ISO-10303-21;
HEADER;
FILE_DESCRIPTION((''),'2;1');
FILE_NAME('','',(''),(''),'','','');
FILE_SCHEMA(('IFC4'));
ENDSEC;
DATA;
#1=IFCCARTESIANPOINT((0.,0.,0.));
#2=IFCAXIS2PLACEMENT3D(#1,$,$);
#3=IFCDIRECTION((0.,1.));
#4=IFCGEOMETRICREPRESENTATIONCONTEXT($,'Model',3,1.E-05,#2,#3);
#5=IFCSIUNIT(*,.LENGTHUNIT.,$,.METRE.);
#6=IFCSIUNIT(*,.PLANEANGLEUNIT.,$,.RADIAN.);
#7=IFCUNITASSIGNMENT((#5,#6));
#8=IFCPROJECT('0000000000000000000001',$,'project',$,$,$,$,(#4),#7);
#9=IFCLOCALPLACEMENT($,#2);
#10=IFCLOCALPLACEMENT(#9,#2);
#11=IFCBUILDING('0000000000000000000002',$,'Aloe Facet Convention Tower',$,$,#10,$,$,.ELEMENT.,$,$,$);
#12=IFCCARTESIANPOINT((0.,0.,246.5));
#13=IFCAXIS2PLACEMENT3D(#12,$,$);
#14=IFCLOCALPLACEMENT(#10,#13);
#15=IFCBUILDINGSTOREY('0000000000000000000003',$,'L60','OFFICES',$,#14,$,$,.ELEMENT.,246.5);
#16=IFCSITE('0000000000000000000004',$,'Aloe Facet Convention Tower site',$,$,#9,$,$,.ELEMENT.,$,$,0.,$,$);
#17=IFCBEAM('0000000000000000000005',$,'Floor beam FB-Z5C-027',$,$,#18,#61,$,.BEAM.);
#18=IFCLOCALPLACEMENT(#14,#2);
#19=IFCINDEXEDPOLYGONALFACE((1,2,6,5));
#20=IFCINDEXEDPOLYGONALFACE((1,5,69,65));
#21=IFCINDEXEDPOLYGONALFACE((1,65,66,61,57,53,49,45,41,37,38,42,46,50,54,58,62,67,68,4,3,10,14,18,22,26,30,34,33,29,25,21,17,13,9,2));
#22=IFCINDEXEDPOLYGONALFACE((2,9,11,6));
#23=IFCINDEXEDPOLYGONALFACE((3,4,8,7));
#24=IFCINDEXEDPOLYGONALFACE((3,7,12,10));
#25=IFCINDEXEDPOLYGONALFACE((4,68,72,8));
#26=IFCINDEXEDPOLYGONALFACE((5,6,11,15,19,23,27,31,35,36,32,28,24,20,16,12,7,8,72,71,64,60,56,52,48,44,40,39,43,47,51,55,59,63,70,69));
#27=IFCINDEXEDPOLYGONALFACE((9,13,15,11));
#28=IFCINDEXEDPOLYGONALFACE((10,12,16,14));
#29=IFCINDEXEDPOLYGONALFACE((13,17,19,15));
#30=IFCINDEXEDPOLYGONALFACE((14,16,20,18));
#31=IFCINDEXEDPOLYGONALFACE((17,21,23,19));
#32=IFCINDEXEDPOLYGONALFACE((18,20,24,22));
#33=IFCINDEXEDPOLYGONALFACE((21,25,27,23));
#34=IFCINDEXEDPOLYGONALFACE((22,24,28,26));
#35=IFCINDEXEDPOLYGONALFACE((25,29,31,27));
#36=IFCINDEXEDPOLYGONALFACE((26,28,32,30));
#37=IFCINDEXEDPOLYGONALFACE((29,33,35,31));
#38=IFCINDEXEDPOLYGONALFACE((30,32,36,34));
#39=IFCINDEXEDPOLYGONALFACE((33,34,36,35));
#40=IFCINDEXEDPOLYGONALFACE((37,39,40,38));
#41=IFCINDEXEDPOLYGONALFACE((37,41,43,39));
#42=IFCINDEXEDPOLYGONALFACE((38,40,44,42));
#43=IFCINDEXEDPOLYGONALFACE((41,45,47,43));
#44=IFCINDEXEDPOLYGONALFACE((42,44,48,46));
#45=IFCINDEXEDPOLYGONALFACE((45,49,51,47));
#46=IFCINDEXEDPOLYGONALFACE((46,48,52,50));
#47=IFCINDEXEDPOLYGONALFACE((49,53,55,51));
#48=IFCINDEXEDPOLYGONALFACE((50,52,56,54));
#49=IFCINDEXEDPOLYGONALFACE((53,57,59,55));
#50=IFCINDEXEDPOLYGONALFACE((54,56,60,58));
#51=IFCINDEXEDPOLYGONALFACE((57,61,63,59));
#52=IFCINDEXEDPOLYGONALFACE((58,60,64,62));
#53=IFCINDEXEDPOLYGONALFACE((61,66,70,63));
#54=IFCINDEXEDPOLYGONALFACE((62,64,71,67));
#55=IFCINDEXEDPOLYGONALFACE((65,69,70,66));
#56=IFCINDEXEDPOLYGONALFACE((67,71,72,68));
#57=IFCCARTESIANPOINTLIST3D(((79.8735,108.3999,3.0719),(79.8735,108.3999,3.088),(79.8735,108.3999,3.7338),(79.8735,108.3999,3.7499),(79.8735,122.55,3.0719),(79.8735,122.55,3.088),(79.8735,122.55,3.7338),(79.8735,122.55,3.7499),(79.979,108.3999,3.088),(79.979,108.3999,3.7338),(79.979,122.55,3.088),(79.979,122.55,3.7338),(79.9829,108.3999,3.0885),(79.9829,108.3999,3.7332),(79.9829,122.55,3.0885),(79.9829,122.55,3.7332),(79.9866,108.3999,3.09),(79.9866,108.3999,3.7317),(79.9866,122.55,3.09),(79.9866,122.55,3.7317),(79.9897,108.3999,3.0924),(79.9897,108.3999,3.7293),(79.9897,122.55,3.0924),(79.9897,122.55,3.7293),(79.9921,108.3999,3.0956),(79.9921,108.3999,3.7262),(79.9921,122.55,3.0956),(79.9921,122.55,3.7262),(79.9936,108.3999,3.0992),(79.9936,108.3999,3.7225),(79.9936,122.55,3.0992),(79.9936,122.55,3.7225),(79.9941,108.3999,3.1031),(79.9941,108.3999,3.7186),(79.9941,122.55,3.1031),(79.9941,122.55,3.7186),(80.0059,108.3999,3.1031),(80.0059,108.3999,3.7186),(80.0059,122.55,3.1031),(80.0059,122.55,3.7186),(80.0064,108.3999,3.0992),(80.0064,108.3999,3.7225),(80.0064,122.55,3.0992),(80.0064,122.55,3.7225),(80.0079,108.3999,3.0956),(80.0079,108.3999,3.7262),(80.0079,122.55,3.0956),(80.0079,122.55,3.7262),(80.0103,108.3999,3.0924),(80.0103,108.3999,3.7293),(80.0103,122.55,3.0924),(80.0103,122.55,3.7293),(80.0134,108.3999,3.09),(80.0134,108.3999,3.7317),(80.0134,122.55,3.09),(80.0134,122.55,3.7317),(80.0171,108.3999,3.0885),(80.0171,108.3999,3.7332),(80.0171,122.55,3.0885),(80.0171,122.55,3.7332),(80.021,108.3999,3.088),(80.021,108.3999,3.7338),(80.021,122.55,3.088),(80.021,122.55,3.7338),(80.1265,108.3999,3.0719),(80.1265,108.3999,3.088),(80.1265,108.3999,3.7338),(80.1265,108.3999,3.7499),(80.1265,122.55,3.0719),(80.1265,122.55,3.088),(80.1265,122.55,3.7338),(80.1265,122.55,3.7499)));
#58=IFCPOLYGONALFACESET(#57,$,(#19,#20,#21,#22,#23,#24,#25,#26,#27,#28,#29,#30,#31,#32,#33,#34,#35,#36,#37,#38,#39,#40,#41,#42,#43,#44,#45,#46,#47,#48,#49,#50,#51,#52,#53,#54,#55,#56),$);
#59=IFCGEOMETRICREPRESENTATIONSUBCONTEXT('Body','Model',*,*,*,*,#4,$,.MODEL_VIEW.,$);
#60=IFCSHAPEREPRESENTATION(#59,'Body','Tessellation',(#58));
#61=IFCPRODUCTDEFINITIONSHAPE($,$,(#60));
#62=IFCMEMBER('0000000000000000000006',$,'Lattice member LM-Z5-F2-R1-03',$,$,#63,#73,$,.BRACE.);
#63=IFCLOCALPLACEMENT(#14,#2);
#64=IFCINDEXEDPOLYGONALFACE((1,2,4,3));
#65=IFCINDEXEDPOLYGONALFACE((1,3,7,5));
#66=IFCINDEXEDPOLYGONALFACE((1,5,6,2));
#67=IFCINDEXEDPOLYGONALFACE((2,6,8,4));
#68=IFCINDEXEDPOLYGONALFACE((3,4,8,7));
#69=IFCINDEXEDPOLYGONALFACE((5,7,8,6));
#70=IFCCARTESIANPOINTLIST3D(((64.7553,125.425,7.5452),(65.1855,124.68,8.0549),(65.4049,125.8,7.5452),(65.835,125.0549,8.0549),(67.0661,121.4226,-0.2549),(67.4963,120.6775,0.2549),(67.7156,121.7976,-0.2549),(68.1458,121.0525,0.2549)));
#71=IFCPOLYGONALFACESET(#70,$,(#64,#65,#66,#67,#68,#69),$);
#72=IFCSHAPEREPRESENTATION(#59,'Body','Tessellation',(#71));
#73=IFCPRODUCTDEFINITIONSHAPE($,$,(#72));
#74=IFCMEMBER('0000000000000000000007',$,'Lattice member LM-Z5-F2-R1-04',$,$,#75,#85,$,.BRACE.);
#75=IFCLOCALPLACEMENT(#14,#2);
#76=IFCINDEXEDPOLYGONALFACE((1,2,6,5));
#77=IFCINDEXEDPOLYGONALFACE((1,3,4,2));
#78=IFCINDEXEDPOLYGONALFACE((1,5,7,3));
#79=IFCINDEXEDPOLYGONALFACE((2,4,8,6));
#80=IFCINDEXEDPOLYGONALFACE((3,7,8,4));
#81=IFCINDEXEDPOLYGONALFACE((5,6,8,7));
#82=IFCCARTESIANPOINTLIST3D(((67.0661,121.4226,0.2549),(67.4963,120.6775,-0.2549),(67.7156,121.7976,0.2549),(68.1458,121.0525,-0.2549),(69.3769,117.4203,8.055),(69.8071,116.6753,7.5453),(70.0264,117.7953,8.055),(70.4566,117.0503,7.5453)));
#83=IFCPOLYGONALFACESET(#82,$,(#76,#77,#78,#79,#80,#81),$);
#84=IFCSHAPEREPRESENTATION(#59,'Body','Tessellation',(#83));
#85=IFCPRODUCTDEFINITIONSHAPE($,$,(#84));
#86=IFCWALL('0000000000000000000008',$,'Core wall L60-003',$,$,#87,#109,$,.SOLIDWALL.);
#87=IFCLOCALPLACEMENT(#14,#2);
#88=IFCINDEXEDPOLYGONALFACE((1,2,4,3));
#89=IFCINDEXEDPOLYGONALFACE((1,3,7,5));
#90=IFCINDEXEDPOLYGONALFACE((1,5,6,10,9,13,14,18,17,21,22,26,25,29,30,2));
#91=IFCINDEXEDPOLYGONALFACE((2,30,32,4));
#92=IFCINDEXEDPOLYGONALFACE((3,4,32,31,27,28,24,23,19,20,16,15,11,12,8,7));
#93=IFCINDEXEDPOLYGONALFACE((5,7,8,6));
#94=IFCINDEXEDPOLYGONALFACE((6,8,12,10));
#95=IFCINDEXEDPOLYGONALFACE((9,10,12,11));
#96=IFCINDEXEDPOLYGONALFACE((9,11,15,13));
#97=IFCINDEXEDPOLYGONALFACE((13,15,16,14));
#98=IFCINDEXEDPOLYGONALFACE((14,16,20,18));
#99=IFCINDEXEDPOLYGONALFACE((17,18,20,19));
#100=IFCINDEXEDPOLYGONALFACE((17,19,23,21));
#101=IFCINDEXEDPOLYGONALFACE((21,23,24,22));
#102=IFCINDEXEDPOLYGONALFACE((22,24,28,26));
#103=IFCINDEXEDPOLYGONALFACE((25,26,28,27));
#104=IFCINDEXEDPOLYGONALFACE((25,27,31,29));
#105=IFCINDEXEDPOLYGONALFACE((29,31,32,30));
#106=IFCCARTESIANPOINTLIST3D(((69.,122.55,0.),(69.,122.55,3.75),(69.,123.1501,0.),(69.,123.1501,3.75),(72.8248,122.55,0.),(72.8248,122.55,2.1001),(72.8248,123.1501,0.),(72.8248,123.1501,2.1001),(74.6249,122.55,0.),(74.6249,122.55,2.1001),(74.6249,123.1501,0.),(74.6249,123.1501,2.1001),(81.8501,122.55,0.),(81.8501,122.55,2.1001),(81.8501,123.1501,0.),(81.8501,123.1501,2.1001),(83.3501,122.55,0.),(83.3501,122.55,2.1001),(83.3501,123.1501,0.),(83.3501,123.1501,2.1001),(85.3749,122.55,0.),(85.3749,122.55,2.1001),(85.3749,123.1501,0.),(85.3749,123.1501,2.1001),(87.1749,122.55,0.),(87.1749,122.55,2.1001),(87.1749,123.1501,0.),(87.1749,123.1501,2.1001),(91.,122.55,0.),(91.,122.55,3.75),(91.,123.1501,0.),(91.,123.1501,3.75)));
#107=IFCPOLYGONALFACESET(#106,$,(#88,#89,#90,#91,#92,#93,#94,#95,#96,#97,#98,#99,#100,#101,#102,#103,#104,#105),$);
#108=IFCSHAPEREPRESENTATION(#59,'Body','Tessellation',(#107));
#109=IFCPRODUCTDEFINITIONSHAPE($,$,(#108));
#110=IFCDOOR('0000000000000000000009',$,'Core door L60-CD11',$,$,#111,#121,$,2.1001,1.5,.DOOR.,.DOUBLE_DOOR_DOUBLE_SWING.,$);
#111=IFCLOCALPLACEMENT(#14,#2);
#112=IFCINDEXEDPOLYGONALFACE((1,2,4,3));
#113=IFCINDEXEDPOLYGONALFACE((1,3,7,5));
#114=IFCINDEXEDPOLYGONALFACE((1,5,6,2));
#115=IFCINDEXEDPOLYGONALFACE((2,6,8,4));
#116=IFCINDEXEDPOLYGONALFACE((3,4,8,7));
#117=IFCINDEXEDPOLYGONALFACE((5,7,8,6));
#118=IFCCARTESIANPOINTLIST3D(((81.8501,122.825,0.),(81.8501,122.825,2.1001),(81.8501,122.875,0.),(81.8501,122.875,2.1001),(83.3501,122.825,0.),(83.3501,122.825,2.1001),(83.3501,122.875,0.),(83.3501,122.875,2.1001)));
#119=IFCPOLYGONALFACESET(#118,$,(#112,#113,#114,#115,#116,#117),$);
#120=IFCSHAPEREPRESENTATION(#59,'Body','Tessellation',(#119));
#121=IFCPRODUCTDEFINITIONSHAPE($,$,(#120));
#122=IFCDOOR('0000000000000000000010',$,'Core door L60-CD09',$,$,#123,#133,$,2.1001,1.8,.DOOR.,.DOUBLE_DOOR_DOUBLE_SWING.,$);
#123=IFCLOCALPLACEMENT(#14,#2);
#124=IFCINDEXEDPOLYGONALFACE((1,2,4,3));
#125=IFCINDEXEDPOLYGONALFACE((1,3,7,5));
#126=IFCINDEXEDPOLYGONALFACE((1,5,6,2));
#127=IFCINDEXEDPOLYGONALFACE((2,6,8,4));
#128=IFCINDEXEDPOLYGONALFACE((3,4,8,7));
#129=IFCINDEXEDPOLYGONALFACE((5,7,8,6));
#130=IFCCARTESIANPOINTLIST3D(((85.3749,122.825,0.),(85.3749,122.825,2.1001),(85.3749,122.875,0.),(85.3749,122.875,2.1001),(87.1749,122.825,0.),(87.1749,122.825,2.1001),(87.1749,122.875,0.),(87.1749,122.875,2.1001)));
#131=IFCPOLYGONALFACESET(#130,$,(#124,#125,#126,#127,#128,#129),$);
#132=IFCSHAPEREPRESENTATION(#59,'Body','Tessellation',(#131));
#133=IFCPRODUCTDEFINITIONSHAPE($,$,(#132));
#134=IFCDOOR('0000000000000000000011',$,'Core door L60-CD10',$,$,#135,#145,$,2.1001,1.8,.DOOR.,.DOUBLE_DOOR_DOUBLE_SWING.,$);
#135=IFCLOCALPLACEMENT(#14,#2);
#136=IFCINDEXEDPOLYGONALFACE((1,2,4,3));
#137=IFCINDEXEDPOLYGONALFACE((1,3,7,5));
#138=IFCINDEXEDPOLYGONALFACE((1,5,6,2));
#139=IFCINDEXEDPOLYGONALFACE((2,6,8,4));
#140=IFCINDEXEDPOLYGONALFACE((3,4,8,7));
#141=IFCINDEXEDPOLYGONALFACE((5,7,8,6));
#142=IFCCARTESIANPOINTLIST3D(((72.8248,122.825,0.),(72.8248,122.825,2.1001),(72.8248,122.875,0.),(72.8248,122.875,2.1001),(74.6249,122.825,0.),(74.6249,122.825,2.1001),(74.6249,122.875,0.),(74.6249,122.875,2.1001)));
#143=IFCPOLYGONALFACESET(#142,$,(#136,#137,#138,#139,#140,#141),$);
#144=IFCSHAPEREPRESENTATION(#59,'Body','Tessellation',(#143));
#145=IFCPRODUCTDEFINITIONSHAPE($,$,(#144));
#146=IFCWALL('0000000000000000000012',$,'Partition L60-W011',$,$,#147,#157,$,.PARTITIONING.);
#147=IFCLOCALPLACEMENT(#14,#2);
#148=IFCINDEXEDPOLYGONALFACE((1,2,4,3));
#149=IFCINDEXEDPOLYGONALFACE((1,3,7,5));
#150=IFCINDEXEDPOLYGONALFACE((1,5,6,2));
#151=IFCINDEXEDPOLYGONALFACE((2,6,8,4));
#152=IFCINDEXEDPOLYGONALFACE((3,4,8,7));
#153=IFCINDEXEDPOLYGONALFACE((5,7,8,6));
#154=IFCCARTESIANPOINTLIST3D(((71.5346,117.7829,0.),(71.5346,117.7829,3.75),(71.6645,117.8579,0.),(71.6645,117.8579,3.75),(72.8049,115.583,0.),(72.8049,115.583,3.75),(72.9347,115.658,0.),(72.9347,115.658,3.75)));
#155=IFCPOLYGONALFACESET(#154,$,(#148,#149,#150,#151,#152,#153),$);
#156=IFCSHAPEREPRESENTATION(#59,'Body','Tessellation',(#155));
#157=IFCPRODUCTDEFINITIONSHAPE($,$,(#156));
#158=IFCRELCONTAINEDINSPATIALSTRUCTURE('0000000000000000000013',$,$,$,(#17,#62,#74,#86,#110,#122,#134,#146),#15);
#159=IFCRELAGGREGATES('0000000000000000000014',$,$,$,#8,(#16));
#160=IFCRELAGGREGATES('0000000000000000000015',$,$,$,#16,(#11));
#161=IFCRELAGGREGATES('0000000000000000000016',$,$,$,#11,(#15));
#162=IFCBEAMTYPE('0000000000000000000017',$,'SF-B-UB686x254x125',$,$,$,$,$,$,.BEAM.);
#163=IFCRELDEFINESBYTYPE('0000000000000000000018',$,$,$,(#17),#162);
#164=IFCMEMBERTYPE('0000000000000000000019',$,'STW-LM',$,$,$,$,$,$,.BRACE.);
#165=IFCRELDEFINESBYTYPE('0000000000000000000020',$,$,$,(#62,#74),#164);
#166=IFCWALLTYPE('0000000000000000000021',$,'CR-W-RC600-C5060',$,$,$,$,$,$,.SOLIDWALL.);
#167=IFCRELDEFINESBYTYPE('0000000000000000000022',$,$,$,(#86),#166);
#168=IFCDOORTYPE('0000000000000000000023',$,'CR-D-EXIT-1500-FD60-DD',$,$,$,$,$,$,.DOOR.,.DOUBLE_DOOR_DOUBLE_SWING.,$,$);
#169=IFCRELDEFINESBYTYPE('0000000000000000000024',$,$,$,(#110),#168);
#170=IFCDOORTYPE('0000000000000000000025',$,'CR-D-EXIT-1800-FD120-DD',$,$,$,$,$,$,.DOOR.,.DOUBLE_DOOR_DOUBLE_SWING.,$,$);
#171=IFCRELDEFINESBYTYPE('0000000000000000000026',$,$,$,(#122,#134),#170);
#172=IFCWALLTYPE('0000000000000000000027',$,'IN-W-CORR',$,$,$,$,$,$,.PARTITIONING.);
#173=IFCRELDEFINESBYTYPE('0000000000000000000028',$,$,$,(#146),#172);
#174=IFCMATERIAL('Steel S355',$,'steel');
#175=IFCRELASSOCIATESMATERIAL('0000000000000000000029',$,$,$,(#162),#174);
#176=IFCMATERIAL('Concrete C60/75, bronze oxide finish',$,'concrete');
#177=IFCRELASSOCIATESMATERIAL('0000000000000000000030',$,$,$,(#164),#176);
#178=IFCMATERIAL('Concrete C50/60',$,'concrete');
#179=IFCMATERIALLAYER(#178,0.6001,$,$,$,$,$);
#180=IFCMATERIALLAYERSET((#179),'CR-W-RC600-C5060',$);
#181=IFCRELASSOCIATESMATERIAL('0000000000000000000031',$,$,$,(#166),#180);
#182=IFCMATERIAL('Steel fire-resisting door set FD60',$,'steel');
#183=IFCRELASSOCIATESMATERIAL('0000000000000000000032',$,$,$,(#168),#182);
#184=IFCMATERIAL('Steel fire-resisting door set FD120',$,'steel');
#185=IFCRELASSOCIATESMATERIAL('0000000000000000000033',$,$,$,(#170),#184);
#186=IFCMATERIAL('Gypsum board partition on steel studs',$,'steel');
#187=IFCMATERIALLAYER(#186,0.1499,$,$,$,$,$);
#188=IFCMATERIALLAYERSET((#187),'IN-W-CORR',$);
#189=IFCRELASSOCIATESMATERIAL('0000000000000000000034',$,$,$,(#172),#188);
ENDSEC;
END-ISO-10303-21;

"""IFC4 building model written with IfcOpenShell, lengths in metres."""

from ifc_helpers import new_model, si_unit, direction, frame, frame_2d, origin, origin_2d, place, context, subcontext, project, spatial, rectangle, i_section, extrude, material, layer, layer_set, material_profile, profile_set, type_object, element, fill, save


model = new_model("IFC4")

# Units and contexts
model_context = context("Model", 3, precision=1e-05, world=origin(), true_north=direction((0.0, 1.0)))
body_context = subcontext(model_context, "Body", "Model", "MODEL_VIEW")
ifc_project = project(units=[si_unit("LENGTHUNIT", "METRE"), si_unit("PLANEANGLEUNIT", "RADIAN")], contexts=[model_context])

# Site, building, storey
site_placement = place(None, origin())
site = spatial("IfcSite", under=ifc_project, at=site_placement, Name="Aloe Facet Convention Tower site", CompositionType="ELEMENT", RefElevation=0.0)
building_placement = place(site_placement, origin())
building = spatial("IfcBuilding", under=site, at=building_placement, Name="Aloe Facet Convention Tower", CompositionType="ELEMENT")
storey_placement = place(building_placement, frame((0.0, 0.0, 246.5)))
storey = spatial("IfcBuildingStorey", under=building, at=storey_placement, Name="L60", Description="OFFICES", CompositionType="ELEMENT", Elevation=246.5)

# Beam
ifc_material_1 = material(Name="Steel S355", Category="steel")
ifc_material_profile_1 = material_profile(ifc_material_1, i_section(OverallWidth=0.2529, OverallDepth=0.678, WebThickness=0.0117, FlangeThickness=0.0161, FilletRadius=0.0151, at=origin_2d()), Name="UB 686x254x125")
ifc_profile_set_1 = profile_set([ifc_material_profile_1], Name="Steel S355")
beam_type_1 = type_object("IfcBeamType", Name="SF-B-UB686x254x125", PredefinedType="BEAM", material=ifc_profile_set_1)
beam_1_placement = place(storey_placement, frame((80.0, 122.55, 3.4109), z_axis=(0.0, -1.0, 0.0), x_axis=(1.0, 0.0, 0.0)))
element("IfcBeam", 1, at=beam_1_placement, inside=storey, type_object=beam_type_1, Name="Floor beam FB-Z5C-027", PredefinedType="BEAM", context=body_context, shape_type="SweptSolid", body=[
    extrude(i_section(OverallWidth=0.2529, OverallDepth=0.678, WebThickness=0.0117, FlangeThickness=0.0161, FilletRadius=0.0151, at=origin_2d()), origin(), (0.0, 0.0, 1.0), 14.1501),
])

# Members
ifc_material_2 = material(Name="Concrete C60/75, bronze oxide finish", Category="concrete")
ifc_material_profile_2 = material_profile(ifc_material_2, rectangle(XDim=0.75, YDim=1.0, at=origin_2d()), Name="STW-LM")
ifc_profile_set_2 = profile_set([ifc_material_profile_2], Name="Concrete C60/75, bronze oxide finish")
member_type = type_object("IfcMemberType", Name="STW-LM", PredefinedType="BRACE", material=ifc_profile_set_2)
for number, where, z_axis, x_axis, name in (
    (2, (67.606, 121.2375, 0.0), (-0.254873, 0.441458, 0.860322), (-0.866027, -0.499997, 0.0), "Lattice member LM-Z5-F2-R1-03"),
    (3, (67.606, 121.2375, 0.0), (0.254876, -0.441436, 0.860333), (0.866014, 0.50002, 0.0), "Lattice member LM-Z5-F2-R1-04"),
):
    element("IfcMember", number, at=place(storey_placement, frame(where, z_axis=z_axis, x_axis=x_axis)), inside=storey, type_object=member_type, Name=name, PredefinedType="BRACE", context=body_context, shape_type="SweptSolid", body=[
        extrude(rectangle(XDim=0.75, YDim=1.0, at=origin_2d()), origin(), (0.0, 0.0, 1.0), 9.0664),
    ])

# Wall, openings, doors
ifc_material_3 = material(Name="Concrete C50/60", Category="concrete")
ifc_layer_1 = layer(ifc_material_3, 0.6001)
ifc_layer_set_1 = layer_set([ifc_layer_1], Name="CR-W-RC600-C5060")
wall_type_1 = type_object("IfcWallType", Name="CR-W-RC600-C5060", PredefinedType="SOLIDWALL", material=ifc_layer_set_1)
wall_1_placement = place(storey_placement, frame((69.0, 122.8501, 0.0), z_axis=(0.0, 0.0, 1.0), x_axis=(1.0, 0.0, 0.0)))
wall_1 = element("IfcWall", 4, at=wall_1_placement, inside=storey, type_object=wall_type_1, Name="Core wall L60-003", PredefinedType="SOLIDWALL", context=body_context, shape_type="SweptSolid", body=[
    extrude(rectangle(XDim=22.0, YDim=0.6001, at=frame_2d((11.0, 0.0))), origin(), (0.0, 0.0, 1.0), 3.75),
])
opening_1_placement = place(wall_1_placement, frame((16.375, 0.0, 0.0)))
opening_1 = element("IfcOpeningElement", 5, at=opening_1_placement, cuts=wall_1, PredefinedType="OPENING", context=body_context, shape_type="SweptSolid", body=[
    extrude(rectangle(XDim=1.8, YDim=2.1001, at=frame_2d((0.8999, 1.05))), frame((0.0, 0.3101, 0.0), z_axis=(0.0, -1.0, 0.0), x_axis=(1.0, 0.0, 0.0)), (0.0, 0.0, 1.0), 0.6201),
])
opening_2_placement = place(wall_1_placement, frame((3.825, 0.0, 0.0)))
opening_2 = element("IfcOpeningElement", 6, at=opening_2_placement, cuts=wall_1, PredefinedType="OPENING", context=body_context, shape_type="SweptSolid", body=[
    extrude(rectangle(XDim=1.8, YDim=2.1001, at=frame_2d((0.8999, 1.05))), frame((0.0, 0.3101, 0.0), z_axis=(0.0, -1.0, 0.0), x_axis=(1.0, 0.0, 0.0)), (0.0, 0.0, 1.0), 0.6201),
])
opening_3_placement = place(wall_1_placement, frame((12.8501, 0.0, 0.0)))
opening_3 = element("IfcOpeningElement", 7, at=opening_3_placement, cuts=wall_1, PredefinedType="OPENING", context=body_context, shape_type="SweptSolid", body=[
    extrude(rectangle(XDim=1.5, YDim=2.1001, at=frame_2d((0.75, 1.05))), frame((0.0, 0.3101, 0.0), z_axis=(0.0, -1.0, 0.0), x_axis=(1.0, 0.0, 0.0)), (0.0, 0.0, 1.0), 0.6201),
])
ifc_material_4 = material(Name="Steel fire-resisting door set FD60", Category="steel")
door_type_1 = type_object("IfcDoorType", Name="CR-D-EXIT-1500-FD60-DD", OperationType="DOUBLE_DOOR_DOUBLE_SWING", PredefinedType="DOOR", material=ifc_material_4)
door_1_placement = place(opening_3_placement, origin())
door_1 = element("IfcDoor", 8, at=door_1_placement, inside=storey, type_object=door_type_1, Name="Core door L60-CD11", OperationType="DOUBLE_DOOR_DOUBLE_SWING", OverallHeight=2.1001, OverallWidth=1.5, PredefinedType="DOOR", context=body_context, shape_type="SweptSolid", body=[
    extrude(rectangle(XDim=1.5, YDim=2.1001, at=frame_2d((0.75, 1.05))), frame((0.0, 0.0249, 0.0), z_axis=(0.0, -1.0, 0.0), x_axis=(1.0, 0.0, 0.0)), (0.0, 0.0, 1.0), 0.05),
])
fill(opening_3, door_1)
ifc_material_5 = material(Name="Steel fire-resisting door set FD120", Category="steel")
door_type_2 = type_object("IfcDoorType", Name="CR-D-EXIT-1800-FD120-DD", OperationType="DOUBLE_DOOR_DOUBLE_SWING", PredefinedType="DOOR", material=ifc_material_5)
door_2_placement = place(opening_1_placement, origin())
door_2 = element("IfcDoor", 9, at=door_2_placement, inside=storey, type_object=door_type_2, Name="Core door L60-CD09", OperationType="DOUBLE_DOOR_DOUBLE_SWING", OverallHeight=2.1001, OverallWidth=1.8, PredefinedType="DOOR", context=body_context, shape_type="SweptSolid", body=[
    extrude(rectangle(XDim=1.8, YDim=2.1001, at=frame_2d((0.8999, 1.05))), frame((0.0, 0.0249, 0.0), z_axis=(0.0, -1.0, 0.0), x_axis=(1.0, 0.0, 0.0)), (0.0, 0.0, 1.0), 0.05),
])
fill(opening_1, door_2)
door_3_placement = place(opening_2_placement, origin())
door_3 = element("IfcDoor", 10, at=door_3_placement, inside=storey, type_object=door_type_2, Name="Core door L60-CD10", OperationType="DOUBLE_DOOR_DOUBLE_SWING", OverallHeight=2.1001, OverallWidth=1.8, PredefinedType="DOOR", context=body_context, shape_type="SweptSolid", body=[
    extrude(rectangle(XDim=1.8, YDim=2.1001, at=frame_2d((0.8999, 1.05))), frame((0.0, 0.0249, 0.0), z_axis=(0.0, -1.0, 0.0), x_axis=(1.0, 0.0, 0.0)), (0.0, 0.0, 1.0), 0.05),
])
fill(opening_2, door_3)

# Wall
ifc_material_6 = material(Name="Gypsum board partition on steel studs", Category="steel")
ifc_layer_2 = layer(ifc_material_6, 0.1499)
ifc_layer_set_2 = layer_set([ifc_layer_2], Name="IN-W-CORR")
wall_type_2 = type_object("IfcWallType", Name="IN-W-CORR", PredefinedType="PARTITIONING", material=ifc_layer_set_2)
wall_2_placement = place(storey_placement, frame((71.5996, 117.8203, 0.0), z_axis=(0.0, 0.0, 1.0), x_axis=(0.500036, -0.866005, 0.0)))
element("IfcWall", 11, at=wall_2_placement, inside=storey, type_object=wall_type_2, Name="Partition L60-W011", PredefinedType="PARTITIONING", context=body_context, shape_type="SweptSolid", body=[
    extrude(rectangle(XDim=2.5403, YDim=0.1499, at=frame_2d((1.27, 0.0))), origin(), (0.0, 0.0, 1.0), 3.75),
])

save(model, "model.ifc")
